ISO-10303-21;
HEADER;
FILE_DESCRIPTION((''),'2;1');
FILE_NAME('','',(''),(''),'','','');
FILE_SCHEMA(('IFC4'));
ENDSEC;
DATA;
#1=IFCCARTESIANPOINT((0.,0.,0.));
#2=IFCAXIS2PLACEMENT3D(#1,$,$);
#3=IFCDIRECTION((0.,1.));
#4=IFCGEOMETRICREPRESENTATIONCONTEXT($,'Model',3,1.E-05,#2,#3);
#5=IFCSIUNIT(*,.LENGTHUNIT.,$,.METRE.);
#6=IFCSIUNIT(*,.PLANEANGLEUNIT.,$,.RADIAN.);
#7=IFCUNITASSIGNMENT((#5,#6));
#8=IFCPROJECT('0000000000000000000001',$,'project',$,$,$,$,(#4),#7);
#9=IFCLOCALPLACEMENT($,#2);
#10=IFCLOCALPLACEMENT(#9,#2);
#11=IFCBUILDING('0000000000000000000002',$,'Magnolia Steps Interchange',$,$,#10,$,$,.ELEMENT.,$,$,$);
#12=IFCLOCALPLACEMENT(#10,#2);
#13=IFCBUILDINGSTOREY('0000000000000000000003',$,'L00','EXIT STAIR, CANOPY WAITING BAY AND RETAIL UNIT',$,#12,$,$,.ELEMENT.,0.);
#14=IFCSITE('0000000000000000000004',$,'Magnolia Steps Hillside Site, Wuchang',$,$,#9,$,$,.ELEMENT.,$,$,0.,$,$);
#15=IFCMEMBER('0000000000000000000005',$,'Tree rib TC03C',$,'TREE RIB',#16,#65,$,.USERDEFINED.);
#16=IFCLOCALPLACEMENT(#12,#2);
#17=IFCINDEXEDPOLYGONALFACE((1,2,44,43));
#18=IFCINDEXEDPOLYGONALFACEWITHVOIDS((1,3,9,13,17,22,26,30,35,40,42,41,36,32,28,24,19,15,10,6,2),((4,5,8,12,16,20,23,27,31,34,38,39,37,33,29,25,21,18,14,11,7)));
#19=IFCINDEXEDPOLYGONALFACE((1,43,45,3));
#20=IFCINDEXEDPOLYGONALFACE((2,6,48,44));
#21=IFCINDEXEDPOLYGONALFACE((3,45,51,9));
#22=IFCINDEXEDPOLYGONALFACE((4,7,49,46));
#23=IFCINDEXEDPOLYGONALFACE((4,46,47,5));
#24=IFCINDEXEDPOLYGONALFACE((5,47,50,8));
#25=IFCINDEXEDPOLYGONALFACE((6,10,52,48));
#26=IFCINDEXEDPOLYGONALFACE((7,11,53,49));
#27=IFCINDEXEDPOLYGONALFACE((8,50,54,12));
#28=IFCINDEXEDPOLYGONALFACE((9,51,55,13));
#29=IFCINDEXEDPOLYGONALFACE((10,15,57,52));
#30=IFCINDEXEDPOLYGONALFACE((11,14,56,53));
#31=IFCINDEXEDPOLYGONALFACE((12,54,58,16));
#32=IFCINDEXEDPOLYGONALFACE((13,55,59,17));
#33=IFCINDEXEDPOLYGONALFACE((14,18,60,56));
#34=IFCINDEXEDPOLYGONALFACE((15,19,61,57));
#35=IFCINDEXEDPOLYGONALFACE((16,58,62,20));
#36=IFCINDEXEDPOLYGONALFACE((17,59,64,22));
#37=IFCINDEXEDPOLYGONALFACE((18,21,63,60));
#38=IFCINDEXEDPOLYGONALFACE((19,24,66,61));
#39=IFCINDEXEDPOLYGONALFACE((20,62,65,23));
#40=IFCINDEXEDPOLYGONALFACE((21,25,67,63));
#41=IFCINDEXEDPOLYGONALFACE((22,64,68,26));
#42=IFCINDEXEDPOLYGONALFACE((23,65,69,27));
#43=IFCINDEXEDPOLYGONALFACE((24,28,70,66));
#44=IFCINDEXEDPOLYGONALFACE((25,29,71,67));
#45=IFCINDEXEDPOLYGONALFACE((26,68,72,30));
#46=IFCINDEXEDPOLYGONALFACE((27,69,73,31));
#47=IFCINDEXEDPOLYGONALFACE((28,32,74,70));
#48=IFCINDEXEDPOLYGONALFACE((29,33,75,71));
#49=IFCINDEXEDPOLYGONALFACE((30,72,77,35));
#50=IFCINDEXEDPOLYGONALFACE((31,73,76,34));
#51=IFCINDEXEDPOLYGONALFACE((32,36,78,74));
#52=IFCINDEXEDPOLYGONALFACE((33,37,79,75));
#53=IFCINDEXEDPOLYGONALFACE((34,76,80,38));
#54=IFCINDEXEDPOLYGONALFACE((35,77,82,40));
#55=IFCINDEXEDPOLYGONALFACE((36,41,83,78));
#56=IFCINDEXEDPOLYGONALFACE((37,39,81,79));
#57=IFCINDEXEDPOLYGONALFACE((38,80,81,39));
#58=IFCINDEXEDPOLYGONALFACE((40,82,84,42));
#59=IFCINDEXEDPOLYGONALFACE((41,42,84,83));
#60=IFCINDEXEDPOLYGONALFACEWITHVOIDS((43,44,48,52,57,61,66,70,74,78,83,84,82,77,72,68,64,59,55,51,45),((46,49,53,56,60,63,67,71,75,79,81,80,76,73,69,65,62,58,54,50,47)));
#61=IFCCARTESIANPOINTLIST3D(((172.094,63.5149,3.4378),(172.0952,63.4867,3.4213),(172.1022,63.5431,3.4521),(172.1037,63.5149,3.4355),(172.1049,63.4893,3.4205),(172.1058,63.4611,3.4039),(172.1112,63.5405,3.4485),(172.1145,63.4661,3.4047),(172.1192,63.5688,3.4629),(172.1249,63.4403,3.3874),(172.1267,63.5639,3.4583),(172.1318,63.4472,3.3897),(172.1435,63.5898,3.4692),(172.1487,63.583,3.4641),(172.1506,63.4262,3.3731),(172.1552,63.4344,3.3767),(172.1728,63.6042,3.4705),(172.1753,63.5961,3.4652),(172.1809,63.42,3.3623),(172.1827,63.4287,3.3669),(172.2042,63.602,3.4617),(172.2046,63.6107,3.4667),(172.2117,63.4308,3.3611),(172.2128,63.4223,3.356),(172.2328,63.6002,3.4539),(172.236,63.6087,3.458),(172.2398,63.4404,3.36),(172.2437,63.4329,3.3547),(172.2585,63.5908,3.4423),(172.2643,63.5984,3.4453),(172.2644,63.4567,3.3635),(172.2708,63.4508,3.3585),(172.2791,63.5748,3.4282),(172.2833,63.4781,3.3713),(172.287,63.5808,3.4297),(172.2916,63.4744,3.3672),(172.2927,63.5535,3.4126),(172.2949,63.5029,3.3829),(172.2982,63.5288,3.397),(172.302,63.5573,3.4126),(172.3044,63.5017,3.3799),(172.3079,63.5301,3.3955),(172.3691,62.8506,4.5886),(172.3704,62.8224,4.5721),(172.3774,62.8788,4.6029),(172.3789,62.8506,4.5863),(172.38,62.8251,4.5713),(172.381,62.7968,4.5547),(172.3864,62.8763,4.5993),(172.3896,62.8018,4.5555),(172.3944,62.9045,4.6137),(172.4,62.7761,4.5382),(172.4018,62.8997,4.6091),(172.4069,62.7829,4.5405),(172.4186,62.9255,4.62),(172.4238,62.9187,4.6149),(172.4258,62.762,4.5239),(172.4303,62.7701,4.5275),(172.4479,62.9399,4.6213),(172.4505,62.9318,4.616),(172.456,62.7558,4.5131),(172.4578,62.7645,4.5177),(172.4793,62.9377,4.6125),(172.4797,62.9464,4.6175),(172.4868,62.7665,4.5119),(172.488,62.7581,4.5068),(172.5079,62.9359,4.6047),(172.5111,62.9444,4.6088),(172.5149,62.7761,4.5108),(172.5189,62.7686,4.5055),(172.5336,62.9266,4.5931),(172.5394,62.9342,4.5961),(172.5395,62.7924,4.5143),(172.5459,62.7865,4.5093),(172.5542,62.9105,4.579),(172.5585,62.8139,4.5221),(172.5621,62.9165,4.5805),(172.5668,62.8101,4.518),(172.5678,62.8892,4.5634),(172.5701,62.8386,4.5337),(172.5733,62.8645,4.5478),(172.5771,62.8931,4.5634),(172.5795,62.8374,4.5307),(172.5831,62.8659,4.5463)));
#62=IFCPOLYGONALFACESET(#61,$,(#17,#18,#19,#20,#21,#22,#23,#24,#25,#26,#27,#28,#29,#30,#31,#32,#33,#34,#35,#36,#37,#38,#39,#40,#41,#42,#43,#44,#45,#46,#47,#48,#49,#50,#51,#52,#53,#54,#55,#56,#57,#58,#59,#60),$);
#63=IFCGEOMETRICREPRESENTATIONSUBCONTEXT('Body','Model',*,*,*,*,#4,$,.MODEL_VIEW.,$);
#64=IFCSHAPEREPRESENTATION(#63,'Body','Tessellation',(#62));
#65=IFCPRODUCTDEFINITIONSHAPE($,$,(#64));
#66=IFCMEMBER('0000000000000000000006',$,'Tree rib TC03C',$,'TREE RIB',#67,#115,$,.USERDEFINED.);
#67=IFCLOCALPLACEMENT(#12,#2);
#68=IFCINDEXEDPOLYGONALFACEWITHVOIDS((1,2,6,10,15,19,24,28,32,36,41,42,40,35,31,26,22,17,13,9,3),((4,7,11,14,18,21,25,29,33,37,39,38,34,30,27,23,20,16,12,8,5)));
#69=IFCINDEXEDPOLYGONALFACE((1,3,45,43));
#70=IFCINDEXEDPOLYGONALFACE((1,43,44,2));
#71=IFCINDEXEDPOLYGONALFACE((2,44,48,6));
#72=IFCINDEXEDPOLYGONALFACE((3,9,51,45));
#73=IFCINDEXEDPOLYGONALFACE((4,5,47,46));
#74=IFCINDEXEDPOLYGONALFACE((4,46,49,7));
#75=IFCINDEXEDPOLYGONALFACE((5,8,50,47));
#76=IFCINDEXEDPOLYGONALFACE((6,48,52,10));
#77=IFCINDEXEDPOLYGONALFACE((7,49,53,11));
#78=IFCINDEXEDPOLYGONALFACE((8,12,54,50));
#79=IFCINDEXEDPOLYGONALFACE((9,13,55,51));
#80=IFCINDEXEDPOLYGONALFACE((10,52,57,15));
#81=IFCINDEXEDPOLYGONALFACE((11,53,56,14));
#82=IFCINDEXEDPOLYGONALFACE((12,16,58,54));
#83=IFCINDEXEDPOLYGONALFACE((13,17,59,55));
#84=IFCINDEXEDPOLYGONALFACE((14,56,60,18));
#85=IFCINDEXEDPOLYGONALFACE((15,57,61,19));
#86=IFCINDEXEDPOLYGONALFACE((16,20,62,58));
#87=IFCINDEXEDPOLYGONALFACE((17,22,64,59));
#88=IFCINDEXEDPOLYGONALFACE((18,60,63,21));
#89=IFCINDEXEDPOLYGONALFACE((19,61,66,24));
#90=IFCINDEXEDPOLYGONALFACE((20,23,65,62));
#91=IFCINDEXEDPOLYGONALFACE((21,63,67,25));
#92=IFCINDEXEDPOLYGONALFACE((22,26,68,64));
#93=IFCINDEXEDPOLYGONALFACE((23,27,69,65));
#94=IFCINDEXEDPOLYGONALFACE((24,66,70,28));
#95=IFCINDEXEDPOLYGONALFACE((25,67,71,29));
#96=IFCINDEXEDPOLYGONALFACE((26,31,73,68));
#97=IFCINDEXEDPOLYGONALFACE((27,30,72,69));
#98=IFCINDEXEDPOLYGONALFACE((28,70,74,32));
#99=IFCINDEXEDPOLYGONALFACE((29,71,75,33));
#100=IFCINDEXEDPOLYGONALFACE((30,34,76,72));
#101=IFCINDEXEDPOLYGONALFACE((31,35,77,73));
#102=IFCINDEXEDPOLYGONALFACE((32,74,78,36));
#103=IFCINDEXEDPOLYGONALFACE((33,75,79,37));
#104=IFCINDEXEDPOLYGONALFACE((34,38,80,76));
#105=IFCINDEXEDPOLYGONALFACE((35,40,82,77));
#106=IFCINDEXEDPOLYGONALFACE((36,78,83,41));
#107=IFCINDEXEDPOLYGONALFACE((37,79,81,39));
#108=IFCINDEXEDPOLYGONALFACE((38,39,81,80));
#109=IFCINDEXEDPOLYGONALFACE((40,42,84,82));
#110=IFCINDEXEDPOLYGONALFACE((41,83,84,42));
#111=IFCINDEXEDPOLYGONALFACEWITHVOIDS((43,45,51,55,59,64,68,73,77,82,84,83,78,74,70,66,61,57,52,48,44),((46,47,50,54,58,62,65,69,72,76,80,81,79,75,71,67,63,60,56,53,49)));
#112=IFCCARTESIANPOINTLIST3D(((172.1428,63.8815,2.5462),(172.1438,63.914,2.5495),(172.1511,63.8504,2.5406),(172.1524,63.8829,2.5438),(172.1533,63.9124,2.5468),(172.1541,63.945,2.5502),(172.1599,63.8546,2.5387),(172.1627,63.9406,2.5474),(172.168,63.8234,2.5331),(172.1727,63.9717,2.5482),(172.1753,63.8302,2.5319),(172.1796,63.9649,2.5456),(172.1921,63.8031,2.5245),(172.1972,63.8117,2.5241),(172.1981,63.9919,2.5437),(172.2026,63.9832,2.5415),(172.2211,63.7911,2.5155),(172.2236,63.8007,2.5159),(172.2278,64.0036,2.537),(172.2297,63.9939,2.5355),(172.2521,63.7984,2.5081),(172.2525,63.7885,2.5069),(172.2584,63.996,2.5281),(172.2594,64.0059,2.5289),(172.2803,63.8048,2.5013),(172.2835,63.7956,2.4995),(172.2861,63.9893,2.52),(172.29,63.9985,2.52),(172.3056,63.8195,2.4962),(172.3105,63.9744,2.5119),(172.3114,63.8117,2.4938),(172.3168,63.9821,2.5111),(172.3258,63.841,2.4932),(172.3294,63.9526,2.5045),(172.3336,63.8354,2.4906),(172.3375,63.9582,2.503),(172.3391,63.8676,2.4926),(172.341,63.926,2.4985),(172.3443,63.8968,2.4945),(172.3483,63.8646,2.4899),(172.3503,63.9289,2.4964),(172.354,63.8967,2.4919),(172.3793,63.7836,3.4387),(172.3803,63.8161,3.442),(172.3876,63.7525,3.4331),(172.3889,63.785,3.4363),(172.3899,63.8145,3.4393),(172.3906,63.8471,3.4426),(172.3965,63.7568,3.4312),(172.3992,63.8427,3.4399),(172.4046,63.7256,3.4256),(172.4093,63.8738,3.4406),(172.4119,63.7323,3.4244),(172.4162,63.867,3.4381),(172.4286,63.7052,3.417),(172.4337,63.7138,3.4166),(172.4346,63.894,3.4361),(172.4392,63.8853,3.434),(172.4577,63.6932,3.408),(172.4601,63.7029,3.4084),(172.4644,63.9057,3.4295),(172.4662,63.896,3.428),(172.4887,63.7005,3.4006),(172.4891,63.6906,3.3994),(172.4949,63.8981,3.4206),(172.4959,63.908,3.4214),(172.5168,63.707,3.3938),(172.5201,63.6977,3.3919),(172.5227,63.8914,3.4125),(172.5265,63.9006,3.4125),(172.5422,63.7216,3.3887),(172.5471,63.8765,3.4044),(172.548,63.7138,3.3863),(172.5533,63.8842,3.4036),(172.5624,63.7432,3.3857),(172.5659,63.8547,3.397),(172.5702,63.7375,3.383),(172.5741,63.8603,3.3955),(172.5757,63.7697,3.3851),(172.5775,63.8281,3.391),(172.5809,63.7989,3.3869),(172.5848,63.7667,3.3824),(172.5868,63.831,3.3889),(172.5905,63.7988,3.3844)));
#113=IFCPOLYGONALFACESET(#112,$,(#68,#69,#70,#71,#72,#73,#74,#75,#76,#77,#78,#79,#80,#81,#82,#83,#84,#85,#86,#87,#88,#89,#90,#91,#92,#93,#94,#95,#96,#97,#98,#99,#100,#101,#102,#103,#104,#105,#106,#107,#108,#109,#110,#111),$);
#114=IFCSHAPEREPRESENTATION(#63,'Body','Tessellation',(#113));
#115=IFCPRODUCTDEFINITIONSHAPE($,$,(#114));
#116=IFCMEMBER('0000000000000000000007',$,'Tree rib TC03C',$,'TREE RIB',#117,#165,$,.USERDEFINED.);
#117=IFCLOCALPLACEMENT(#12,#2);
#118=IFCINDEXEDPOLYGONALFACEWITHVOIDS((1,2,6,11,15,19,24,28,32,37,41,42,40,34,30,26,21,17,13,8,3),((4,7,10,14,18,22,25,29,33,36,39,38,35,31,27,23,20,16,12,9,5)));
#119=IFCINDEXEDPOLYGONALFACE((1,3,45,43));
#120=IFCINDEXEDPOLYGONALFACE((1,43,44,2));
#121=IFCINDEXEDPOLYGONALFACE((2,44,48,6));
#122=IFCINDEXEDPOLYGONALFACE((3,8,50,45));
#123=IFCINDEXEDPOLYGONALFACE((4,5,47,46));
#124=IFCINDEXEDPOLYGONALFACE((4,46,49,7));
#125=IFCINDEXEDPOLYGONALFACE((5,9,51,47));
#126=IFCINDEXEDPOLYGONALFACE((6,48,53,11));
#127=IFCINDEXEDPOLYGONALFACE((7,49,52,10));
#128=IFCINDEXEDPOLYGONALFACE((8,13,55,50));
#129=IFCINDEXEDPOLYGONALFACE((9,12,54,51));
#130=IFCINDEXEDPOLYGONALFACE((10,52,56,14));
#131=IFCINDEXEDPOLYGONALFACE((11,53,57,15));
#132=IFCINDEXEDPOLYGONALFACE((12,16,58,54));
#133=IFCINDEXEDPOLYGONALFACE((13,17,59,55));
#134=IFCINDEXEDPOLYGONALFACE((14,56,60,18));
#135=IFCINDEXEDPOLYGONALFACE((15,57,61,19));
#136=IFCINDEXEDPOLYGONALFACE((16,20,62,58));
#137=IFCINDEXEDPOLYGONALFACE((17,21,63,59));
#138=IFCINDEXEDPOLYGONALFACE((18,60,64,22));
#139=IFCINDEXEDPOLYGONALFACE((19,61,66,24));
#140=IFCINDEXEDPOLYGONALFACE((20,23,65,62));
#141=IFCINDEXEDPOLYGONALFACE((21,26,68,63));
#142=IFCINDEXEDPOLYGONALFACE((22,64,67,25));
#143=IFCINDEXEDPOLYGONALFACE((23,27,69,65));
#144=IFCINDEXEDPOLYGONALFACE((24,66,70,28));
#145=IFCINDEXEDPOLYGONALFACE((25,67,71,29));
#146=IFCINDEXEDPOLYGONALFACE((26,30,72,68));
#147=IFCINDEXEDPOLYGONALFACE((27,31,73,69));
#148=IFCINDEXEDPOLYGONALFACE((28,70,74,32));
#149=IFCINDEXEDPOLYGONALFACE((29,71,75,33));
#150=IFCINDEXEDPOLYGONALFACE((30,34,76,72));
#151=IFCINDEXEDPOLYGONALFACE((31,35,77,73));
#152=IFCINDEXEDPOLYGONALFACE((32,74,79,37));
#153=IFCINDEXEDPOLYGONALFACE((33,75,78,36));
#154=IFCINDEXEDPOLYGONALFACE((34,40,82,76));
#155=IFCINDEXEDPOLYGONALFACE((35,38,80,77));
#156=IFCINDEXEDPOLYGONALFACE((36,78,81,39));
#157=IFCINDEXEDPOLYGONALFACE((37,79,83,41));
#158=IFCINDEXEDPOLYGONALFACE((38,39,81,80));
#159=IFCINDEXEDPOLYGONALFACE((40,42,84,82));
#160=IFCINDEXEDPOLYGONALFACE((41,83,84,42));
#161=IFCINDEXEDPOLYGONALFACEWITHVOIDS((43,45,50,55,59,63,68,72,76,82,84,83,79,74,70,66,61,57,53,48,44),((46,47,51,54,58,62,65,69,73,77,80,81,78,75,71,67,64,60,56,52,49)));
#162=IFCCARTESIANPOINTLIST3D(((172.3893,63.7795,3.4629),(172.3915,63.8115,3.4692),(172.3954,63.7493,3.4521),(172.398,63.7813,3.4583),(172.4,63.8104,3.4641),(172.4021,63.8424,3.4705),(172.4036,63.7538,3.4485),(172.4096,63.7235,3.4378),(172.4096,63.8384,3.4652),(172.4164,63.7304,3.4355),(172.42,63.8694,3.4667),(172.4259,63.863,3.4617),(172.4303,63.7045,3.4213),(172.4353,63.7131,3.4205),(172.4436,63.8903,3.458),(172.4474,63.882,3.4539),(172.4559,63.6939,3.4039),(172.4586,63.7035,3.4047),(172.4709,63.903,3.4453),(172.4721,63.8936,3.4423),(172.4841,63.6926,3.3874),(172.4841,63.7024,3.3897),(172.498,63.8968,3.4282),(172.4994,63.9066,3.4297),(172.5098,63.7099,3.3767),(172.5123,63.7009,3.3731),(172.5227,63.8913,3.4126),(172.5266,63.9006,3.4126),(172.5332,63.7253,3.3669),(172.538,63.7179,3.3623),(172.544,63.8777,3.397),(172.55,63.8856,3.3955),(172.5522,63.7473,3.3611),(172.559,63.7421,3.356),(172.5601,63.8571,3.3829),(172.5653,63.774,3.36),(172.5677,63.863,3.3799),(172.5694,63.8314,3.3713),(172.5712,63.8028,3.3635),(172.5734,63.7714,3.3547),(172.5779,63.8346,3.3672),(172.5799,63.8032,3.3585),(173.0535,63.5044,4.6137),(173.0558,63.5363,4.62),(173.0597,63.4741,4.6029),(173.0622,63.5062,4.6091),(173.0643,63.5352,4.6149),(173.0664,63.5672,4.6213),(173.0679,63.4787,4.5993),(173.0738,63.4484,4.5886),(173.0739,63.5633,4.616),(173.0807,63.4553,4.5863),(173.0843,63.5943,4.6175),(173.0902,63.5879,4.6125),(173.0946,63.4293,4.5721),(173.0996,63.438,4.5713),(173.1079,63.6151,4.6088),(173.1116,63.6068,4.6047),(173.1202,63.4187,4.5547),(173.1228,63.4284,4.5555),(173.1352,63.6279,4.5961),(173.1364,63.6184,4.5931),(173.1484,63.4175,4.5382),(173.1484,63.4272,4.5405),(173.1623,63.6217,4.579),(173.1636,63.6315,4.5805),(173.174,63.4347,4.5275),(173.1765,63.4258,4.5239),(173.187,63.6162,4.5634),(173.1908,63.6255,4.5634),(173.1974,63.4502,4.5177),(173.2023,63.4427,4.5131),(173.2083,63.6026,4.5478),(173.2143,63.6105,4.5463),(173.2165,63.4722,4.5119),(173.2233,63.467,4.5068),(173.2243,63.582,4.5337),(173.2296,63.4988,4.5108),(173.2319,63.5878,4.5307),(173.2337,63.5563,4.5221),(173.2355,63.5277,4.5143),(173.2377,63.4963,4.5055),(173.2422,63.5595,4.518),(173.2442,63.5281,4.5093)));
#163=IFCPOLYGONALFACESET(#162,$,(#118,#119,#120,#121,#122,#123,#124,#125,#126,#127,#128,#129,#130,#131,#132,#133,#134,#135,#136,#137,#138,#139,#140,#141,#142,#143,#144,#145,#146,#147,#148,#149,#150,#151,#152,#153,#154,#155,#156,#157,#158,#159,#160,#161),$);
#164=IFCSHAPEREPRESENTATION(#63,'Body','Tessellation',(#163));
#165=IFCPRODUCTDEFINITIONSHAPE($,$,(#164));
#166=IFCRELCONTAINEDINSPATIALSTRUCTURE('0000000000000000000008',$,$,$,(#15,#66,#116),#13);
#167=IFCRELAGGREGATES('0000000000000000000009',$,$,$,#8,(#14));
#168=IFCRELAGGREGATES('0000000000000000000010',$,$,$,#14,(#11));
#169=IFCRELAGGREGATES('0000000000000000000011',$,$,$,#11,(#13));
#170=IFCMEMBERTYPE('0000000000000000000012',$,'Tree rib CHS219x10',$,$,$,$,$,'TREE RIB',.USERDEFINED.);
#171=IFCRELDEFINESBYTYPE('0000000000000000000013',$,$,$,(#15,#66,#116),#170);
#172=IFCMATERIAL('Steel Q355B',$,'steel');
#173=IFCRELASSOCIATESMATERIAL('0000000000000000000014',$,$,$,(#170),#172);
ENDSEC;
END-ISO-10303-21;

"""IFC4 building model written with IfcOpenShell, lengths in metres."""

from ifc_helpers import new_model, si_unit, direction, frame, origin, origin_2d, place, context, subcontext, project, spatial, hollow_circle, extrude, material, material_profile, profile_set, type_object, element, save


model = new_model("IFC4")

# Units and contexts
model_context = context("Model", 3, precision=1e-05, world=origin(), true_north=direction((0.0, 1.0)))
body_context = subcontext(model_context, "Body", "Model", "MODEL_VIEW")
ifc_project = project(units=[si_unit("LENGTHUNIT", "METRE"), si_unit("PLANEANGLEUNIT", "RADIAN")], contexts=[model_context])

# Site, building, storey
site_placement = place(None, origin())
site = spatial("IfcSite", under=ifc_project, at=site_placement, Name="Magnolia Steps Hillside Site, Wuchang", CompositionType="ELEMENT", RefElevation=0.0)
building_placement = place(site_placement, origin())
building = spatial("IfcBuilding", under=site, at=building_placement, Name="Magnolia Steps Interchange", CompositionType="ELEMENT")
storey_placement = place(building_placement, origin())
storey = spatial("IfcBuildingStorey", under=building, at=storey_placement, Name="L00", Description="EXIT STAIR, CANOPY WAITING BAY AND RETAIL UNIT", CompositionType="ELEMENT", Elevation=0.0)

# Members
ifc_material_1 = material(Name="Steel Q355B", Category="steel")
ifc_material_profile_1 = material_profile(ifc_material_1, hollow_circle(Radius=0.1096, WallThickness=0.01, at=origin_2d()), Name="CHS219x10")
ifc_profile_set_1 = profile_set([ifc_material_profile_1], Name="Steel Q355B")
member_type = type_object("IfcMemberType", Name="Tree rib CHS219x10", ElementType="TREE RIB", PredefinedType="USERDEFINED", material=ifc_profile_set_1)
member_1_placement = place(storey_placement, frame((172.2007, 63.5154, 3.4126), z_axis=(0.202756, -0.48953, 0.848086), x_axis=(0.923889, 0.382662, 0.0)))
element("IfcMember", 1, at=member_1_placement, inside=storey, type_object=member_type, Name="Tree rib TC03C", ObjectType="TREE RIB", PredefinedType="USERDEFINED", context=body_context, shape_type="SweptSolid", body=[
    extrude(hollow_circle(Radius=0.1096, WallThickness=0.01, at=origin_2d()), origin(), (0.0, 0.0, 1.0), 1.3569),
])
member_2_placement = place(storey_placement, frame((172.248, 63.8972, 2.52), z_axis=(0.25477, -0.105431, 0.961237), x_axis=(0.38238, 0.924005, 0.0)))
element("IfcMember", 2, at=member_2_placement, inside=storey, type_object=member_type, Name="Tree rib TC03C", ObjectType="TREE RIB", PredefinedType="USERDEFINED", context=body_context, shape_type="SweptSolid", body=[
    extrude(hollow_circle(Radius=0.1096, WallThickness=0.01, at=origin_2d()), origin(), (0.0, 0.0, 1.0), 0.9285),
])
member_3_placement = place(storey_placement, frame((172.4846, 63.7993, 3.4126), z_axis=(0.48953, -0.202756, 0.848086), x_axis=(0.382662, 0.923889, 0.0)))
element("IfcMember", 3, at=member_3_placement, inside=storey, type_object=member_type, Name="Tree rib TC03C", ObjectType="TREE RIB", PredefinedType="USERDEFINED", context=body_context, shape_type="SweptSolid", body=[
    extrude(hollow_circle(Radius=0.1096, WallThickness=0.01, at=origin_2d()), origin(), (0.0, 0.0, 1.0), 1.3569),
])

save(model, "model.ifc")
